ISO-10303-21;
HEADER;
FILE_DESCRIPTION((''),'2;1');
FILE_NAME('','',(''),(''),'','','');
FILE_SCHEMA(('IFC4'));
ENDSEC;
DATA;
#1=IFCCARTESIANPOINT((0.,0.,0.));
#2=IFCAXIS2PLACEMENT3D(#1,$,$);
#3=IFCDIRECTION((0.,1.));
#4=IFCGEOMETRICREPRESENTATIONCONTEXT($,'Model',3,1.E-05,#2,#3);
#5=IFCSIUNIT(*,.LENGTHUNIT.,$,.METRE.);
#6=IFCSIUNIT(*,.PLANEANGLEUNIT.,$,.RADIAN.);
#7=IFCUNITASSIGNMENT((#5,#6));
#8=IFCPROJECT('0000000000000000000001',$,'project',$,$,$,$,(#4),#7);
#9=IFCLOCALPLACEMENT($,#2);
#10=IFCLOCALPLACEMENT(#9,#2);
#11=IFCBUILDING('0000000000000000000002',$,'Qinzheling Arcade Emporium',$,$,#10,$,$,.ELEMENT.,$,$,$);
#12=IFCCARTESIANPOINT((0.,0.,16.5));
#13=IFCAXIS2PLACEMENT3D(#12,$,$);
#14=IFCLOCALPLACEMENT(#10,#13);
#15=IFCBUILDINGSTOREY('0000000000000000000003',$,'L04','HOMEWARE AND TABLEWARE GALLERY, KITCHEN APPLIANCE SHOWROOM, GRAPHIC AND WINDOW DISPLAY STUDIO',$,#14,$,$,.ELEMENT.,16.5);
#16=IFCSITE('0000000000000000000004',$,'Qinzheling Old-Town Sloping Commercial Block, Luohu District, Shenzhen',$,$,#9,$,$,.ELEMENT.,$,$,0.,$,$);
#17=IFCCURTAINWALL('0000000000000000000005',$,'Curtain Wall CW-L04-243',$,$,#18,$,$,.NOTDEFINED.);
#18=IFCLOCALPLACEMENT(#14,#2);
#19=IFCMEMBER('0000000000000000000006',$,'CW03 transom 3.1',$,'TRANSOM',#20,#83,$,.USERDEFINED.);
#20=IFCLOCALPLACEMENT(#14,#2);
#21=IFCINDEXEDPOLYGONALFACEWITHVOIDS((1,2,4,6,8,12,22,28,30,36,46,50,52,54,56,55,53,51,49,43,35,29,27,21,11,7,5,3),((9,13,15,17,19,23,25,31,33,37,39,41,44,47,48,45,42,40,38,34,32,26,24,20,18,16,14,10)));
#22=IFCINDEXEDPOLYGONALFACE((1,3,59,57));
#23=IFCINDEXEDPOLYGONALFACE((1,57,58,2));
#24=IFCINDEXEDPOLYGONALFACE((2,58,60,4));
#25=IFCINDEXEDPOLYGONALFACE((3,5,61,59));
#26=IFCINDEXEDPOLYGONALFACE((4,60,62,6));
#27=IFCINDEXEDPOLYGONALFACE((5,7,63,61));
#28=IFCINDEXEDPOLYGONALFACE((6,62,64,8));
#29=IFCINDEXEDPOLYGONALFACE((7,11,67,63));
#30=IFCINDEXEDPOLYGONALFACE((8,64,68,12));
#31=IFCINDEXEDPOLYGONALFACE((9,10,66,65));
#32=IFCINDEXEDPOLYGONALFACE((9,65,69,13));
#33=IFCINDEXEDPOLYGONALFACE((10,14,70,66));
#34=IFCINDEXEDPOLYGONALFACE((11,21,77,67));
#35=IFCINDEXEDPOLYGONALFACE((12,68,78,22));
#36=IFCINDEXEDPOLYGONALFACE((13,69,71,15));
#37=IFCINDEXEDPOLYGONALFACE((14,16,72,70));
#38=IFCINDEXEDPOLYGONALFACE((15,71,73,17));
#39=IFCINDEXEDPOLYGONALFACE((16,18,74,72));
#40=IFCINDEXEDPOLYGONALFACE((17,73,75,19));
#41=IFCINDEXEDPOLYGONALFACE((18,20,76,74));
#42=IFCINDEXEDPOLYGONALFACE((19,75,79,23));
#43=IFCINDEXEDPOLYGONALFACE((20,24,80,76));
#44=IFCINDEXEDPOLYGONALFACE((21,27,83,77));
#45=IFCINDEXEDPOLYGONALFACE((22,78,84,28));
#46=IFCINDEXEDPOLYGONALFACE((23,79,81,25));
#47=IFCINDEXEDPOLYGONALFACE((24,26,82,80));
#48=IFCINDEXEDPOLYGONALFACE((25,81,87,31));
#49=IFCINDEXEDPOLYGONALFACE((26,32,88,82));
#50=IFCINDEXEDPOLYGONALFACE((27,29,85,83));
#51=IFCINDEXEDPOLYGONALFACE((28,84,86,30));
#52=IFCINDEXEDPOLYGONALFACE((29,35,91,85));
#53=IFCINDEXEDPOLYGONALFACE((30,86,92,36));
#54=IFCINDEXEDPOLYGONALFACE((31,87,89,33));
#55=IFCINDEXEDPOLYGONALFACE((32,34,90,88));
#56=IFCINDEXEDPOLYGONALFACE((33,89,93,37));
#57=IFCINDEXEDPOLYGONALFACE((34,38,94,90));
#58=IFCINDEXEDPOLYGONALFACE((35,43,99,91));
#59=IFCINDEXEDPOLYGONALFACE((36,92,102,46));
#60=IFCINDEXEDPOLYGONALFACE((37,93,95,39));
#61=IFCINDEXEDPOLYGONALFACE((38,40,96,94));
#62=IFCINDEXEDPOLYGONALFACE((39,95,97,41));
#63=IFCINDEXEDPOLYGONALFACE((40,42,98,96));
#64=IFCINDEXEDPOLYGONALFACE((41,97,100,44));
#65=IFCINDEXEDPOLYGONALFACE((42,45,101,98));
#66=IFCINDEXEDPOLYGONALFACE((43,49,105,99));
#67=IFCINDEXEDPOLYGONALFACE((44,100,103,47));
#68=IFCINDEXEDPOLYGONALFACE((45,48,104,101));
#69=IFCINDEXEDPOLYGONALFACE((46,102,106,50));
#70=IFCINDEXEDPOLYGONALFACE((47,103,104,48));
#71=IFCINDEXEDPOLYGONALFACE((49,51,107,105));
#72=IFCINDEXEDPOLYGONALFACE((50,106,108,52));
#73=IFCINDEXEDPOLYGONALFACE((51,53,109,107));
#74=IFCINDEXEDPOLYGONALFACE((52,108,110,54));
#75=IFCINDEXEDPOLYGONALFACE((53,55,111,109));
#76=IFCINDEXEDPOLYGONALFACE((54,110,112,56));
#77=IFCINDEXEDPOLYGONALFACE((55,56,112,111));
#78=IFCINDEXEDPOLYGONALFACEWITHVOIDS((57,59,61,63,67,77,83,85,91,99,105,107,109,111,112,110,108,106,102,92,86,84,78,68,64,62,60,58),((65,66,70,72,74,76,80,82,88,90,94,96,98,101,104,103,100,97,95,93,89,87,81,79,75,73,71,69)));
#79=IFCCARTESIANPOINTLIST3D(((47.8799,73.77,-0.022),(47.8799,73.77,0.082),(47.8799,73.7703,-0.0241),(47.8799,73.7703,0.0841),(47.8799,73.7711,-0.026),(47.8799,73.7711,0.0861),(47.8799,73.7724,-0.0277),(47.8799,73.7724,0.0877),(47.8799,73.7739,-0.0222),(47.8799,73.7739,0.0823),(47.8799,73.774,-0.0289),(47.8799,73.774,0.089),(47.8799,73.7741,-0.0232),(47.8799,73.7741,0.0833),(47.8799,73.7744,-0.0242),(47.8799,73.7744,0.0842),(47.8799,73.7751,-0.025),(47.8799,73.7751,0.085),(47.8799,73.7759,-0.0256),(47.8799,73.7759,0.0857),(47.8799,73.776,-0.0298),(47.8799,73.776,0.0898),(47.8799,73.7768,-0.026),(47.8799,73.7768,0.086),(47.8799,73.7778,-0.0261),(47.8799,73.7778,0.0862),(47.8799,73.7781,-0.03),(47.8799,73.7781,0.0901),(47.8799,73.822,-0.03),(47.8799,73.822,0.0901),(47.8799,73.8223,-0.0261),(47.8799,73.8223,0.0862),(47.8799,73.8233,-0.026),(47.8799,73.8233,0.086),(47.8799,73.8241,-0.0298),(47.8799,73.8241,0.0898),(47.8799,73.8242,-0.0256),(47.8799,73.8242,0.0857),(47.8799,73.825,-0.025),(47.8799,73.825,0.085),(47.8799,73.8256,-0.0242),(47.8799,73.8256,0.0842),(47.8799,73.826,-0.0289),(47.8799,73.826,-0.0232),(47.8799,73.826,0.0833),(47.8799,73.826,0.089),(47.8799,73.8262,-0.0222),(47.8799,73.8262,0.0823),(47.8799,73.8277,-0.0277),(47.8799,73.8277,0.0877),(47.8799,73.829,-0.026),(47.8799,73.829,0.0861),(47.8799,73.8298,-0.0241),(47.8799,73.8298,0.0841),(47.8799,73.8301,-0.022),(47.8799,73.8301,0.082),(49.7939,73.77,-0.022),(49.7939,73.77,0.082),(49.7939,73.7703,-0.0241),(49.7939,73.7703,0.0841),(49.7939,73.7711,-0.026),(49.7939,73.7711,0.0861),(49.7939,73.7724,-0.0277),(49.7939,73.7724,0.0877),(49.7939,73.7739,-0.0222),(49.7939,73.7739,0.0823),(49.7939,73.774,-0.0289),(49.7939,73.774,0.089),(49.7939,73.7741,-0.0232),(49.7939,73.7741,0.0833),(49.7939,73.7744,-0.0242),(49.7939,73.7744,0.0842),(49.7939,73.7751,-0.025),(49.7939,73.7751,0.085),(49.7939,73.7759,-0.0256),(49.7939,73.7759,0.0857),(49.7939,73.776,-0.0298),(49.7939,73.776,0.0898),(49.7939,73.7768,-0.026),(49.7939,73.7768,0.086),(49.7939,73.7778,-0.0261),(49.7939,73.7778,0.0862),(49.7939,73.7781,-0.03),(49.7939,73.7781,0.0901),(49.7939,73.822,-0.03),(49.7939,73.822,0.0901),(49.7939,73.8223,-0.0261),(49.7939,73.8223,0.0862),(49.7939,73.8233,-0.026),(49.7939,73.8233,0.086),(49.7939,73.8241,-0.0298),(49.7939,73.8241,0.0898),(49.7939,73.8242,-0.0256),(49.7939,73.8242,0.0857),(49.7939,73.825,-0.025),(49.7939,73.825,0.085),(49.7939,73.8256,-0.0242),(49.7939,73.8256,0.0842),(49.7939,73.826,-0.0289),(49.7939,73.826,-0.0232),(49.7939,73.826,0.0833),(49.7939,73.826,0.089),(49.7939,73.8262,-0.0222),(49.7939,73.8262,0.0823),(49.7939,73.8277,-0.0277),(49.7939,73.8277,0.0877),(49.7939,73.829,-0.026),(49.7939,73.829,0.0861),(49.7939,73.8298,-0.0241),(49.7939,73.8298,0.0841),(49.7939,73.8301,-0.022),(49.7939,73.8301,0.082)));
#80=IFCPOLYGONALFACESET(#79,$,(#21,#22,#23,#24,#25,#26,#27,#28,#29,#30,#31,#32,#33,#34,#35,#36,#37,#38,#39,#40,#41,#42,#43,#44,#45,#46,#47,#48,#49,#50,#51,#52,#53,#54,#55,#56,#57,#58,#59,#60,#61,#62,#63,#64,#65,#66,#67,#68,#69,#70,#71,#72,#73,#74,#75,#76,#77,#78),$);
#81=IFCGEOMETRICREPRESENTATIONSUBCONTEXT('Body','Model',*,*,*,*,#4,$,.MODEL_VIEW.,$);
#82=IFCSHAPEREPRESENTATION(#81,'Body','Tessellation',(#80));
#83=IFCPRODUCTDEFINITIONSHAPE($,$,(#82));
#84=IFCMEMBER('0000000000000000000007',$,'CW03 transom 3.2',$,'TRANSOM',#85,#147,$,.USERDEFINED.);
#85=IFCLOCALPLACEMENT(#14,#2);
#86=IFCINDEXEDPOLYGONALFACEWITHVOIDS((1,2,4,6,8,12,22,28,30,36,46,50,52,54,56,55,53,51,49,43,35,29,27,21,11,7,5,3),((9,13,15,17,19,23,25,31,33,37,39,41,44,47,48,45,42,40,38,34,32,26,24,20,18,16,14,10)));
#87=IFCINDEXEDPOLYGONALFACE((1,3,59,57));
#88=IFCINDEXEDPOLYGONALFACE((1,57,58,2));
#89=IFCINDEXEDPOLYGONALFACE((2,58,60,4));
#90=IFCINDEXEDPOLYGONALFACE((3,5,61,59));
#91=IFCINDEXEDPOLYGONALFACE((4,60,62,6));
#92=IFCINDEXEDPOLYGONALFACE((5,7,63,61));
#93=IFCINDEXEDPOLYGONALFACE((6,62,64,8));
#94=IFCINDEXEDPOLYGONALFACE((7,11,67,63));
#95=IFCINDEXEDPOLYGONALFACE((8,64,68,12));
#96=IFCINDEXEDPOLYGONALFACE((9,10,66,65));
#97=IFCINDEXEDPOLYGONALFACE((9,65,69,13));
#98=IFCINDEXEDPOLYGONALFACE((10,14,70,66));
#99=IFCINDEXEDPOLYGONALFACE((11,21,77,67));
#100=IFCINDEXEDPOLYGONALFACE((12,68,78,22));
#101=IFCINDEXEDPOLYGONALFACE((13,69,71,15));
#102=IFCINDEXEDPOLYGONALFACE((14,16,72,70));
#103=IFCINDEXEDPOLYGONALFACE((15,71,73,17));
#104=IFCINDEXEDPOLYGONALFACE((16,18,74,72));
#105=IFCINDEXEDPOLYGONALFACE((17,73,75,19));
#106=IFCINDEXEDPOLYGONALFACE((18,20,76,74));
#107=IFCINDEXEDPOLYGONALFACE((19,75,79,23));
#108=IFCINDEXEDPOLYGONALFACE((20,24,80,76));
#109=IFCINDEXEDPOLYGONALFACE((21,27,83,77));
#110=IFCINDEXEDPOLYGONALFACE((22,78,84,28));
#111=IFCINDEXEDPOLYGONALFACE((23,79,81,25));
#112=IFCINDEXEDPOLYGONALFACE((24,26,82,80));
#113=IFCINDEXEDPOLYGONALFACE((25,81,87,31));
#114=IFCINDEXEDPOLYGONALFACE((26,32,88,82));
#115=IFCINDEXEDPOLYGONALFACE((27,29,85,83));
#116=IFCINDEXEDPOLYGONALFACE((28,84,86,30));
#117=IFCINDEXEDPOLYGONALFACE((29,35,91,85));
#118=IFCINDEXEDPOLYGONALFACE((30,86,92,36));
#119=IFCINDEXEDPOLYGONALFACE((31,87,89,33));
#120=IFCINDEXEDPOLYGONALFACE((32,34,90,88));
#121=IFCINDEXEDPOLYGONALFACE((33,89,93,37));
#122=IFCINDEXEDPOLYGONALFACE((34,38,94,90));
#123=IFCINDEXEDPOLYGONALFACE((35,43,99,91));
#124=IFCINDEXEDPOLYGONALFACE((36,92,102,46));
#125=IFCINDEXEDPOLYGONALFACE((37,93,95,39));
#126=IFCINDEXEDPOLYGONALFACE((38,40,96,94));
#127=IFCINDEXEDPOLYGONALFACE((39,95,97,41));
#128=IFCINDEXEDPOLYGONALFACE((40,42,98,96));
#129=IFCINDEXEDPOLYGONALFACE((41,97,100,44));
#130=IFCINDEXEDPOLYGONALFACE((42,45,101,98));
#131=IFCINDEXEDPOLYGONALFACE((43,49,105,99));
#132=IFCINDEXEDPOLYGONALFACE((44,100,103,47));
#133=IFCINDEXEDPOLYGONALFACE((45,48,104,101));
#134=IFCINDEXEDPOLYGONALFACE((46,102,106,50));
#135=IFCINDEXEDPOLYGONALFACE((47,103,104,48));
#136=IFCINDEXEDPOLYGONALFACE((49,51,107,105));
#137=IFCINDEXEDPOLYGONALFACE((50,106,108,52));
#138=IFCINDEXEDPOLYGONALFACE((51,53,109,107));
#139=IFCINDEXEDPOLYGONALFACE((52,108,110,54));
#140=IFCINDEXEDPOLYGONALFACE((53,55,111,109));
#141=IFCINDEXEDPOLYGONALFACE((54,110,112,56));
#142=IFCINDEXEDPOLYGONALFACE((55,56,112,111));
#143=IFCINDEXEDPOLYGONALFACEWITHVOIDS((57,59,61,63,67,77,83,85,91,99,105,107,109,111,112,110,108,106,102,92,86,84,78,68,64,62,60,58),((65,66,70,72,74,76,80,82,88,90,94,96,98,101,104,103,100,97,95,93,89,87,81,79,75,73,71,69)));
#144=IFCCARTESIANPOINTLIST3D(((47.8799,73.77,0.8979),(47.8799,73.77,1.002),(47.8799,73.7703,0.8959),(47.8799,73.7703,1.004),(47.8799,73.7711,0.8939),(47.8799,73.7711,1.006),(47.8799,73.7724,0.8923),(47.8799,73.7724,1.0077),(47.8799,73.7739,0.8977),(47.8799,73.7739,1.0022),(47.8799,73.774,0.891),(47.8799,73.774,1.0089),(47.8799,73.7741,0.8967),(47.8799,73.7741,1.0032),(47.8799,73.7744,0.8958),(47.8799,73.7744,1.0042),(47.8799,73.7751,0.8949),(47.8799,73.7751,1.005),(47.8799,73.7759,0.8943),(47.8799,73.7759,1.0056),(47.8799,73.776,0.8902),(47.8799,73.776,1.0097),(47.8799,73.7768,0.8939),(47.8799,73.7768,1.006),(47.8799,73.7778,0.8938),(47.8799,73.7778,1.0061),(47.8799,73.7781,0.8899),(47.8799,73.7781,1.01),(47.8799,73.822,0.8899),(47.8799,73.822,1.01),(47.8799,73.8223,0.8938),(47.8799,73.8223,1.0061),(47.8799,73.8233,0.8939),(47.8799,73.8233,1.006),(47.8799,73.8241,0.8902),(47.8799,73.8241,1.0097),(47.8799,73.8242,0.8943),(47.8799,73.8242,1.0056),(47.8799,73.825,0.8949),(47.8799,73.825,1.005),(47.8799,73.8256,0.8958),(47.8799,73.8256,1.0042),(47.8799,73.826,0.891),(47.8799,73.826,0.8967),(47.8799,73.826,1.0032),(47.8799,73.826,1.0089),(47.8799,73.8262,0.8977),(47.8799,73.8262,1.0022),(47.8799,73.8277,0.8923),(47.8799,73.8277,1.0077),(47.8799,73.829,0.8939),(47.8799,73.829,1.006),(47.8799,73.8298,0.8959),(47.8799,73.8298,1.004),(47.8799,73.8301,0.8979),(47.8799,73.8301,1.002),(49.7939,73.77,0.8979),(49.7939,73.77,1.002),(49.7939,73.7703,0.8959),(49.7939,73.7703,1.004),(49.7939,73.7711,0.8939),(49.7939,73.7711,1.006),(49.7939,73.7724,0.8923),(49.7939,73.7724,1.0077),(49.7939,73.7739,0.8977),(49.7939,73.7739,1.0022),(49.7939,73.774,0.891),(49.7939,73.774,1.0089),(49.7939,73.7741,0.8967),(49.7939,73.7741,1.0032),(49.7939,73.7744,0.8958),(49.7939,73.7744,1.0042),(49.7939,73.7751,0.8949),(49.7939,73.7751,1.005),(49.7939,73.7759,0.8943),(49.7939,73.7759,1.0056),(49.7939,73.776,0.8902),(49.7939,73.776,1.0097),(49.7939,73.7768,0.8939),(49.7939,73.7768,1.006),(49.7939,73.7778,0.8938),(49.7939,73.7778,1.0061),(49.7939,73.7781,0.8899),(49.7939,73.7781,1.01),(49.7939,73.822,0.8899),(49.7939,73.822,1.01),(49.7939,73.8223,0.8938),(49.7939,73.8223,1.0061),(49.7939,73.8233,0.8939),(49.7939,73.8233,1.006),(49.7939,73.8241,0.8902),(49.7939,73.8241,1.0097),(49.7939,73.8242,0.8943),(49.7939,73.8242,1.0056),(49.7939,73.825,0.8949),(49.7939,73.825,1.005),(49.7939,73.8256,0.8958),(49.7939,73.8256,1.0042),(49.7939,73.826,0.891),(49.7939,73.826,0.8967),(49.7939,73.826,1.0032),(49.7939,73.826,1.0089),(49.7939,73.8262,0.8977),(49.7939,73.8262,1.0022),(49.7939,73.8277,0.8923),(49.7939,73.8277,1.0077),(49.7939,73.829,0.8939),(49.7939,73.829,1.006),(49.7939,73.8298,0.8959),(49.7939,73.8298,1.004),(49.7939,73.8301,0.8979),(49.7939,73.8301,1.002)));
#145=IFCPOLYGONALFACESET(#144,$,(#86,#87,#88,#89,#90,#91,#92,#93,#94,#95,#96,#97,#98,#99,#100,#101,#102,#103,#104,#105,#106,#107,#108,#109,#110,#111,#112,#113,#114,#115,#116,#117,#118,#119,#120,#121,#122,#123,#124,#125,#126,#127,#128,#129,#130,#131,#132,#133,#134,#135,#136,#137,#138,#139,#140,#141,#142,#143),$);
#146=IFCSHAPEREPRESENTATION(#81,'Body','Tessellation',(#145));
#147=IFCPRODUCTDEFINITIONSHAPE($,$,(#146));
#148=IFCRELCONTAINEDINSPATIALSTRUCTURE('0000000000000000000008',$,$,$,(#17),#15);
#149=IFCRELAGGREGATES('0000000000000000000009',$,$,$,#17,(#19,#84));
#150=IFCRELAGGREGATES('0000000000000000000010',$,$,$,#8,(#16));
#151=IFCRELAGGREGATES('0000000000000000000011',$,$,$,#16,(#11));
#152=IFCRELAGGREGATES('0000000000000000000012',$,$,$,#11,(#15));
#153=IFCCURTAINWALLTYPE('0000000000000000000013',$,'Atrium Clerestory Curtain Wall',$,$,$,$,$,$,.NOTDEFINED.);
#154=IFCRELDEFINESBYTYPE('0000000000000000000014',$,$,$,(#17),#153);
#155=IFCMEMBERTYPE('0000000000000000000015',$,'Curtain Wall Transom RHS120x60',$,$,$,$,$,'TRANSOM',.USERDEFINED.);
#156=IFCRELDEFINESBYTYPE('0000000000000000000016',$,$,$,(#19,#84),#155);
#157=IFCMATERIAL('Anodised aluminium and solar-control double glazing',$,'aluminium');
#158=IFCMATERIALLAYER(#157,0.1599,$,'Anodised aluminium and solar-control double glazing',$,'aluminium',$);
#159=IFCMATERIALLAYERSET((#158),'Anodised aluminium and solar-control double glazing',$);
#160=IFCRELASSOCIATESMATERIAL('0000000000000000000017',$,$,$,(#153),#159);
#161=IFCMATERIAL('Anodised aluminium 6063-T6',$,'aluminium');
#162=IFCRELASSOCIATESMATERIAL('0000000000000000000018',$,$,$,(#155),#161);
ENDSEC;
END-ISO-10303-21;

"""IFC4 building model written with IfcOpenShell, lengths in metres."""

from ifc_helpers import new_model, si_unit, direction, frame, origin, origin_2d, place, context, subcontext, project, spatial, hollow_rectangle, extrude, material, layer, layer_set, material_profile, profile_set, type_object, element, aggregate, save


model = new_model("IFC4")

# Units and contexts
model_context = context("Model", 3, precision=1e-05, world=origin(), true_north=direction((0.0, 1.0)))
body_context = subcontext(model_context, "Body", "Model", "MODEL_VIEW")
ifc_project = project(units=[si_unit("LENGTHUNIT", "METRE"), si_unit("PLANEANGLEUNIT", "RADIAN")], contexts=[model_context])

# Site, building, storey
site_placement = place(None, origin())
site = spatial("IfcSite", under=ifc_project, at=site_placement, Name="Qinzheling Old-Town Sloping Commercial Block, Luohu District, Shenzhen", CompositionType="ELEMENT", RefElevation=0.0)
building_placement = place(site_placement, origin())
building = spatial("IfcBuilding", under=site, at=building_placement, Name="Qinzheling Arcade Emporium", CompositionType="ELEMENT")
storey_placement = place(building_placement, frame((0.0, 0.0, 16.5)))
storey = spatial("IfcBuildingStorey", under=building, at=storey_placement, Name="L04", Description="HOMEWARE AND TABLEWARE GALLERY, KITCHEN APPLIANCE SHOWROOM, GRAPHIC AND WINDOW DISPLAY STUDIO", CompositionType="ELEMENT", Elevation=16.5)

# Curtain wall, members
ifc_material_1 = material(Name="Anodised aluminium and solar-control double glazing", Category="aluminium")
ifc_layer_1 = layer(ifc_material_1, 0.1599, Name="Anodised aluminium and solar-control double glazing", Category="aluminium")
ifc_layer_set_1 = layer_set([ifc_layer_1], Name="Anodised aluminium and solar-control double glazing")
curtain_wall_type = type_object("IfcCurtainWallType", Name="Atrium Clerestory Curtain Wall", PredefinedType="NOTDEFINED", material=ifc_layer_set_1)
curtain_wall_placement = place(storey_placement, origin())
curtain_wall = element("IfcCurtainWall", 1, at=curtain_wall_placement, inside=storey, type_object=curtain_wall_type, Name="Curtain Wall CW-L04-243", PredefinedType="NOTDEFINED")
ifc_material_2 = material(Name="Anodised aluminium 6063-T6", Category="aluminium")
ifc_material_profile_1 = material_profile(ifc_material_2, hollow_rectangle(XDim=0.0601, YDim=0.1201, WallThickness=0.0039, InnerFilletRadius=0.0039, OuterFilletRadius=0.0081, at=origin_2d()), Name="RHS 120x60x4", Category="aluminium")
ifc_profile_set_1 = profile_set([ifc_material_profile_1], Name="Anodised aluminium 6063-T6")
member_type_1 = type_object("IfcMemberType", Name="Curtain Wall Transom RHS120x60", ElementType="TRANSOM", PredefinedType="USERDEFINED", material=ifc_profile_set_1)
member_1_placement = place(storey_placement, frame((47.8799, 73.8, 0.03), z_axis=(1.0, 0.0, 0.0), x_axis=(0.0, 1.0, 0.0)))
member_1 = element("IfcMember", 2, at=member_1_placement, type_object=member_type_1, Name="CW03 transom 3.1", ObjectType="TRANSOM", PredefinedType="USERDEFINED", context=body_context, shape_type="SweptSolid", body=[
    extrude(hollow_rectangle(XDim=0.0601, YDim=0.1201, WallThickness=0.0039, InnerFilletRadius=0.0039, OuterFilletRadius=0.0081, at=origin_2d()), origin(), (0.0, 0.0, 1.0), 1.9141),
])
member_2_placement = place(storey_placement, frame((47.8799, 73.8, 0.95), z_axis=(1.0, 0.0, 0.0), x_axis=(0.0, 1.0, 0.0)))
member_2 = element("IfcMember", 3, at=member_2_placement, type_object=member_type_1, Name="CW03 transom 3.2", ObjectType="TRANSOM", PredefinedType="USERDEFINED", context=body_context, shape_type="SweptSolid", body=[
    extrude(hollow_rectangle(XDim=0.0601, YDim=0.1201, WallThickness=0.0039, InnerFilletRadius=0.0039, OuterFilletRadius=0.0081, at=origin_2d()), origin(), (0.0, 0.0, 1.0), 1.9141),
])
aggregate(curtain_wall, [member_1, member_2])

save(model, "model.ifc")
